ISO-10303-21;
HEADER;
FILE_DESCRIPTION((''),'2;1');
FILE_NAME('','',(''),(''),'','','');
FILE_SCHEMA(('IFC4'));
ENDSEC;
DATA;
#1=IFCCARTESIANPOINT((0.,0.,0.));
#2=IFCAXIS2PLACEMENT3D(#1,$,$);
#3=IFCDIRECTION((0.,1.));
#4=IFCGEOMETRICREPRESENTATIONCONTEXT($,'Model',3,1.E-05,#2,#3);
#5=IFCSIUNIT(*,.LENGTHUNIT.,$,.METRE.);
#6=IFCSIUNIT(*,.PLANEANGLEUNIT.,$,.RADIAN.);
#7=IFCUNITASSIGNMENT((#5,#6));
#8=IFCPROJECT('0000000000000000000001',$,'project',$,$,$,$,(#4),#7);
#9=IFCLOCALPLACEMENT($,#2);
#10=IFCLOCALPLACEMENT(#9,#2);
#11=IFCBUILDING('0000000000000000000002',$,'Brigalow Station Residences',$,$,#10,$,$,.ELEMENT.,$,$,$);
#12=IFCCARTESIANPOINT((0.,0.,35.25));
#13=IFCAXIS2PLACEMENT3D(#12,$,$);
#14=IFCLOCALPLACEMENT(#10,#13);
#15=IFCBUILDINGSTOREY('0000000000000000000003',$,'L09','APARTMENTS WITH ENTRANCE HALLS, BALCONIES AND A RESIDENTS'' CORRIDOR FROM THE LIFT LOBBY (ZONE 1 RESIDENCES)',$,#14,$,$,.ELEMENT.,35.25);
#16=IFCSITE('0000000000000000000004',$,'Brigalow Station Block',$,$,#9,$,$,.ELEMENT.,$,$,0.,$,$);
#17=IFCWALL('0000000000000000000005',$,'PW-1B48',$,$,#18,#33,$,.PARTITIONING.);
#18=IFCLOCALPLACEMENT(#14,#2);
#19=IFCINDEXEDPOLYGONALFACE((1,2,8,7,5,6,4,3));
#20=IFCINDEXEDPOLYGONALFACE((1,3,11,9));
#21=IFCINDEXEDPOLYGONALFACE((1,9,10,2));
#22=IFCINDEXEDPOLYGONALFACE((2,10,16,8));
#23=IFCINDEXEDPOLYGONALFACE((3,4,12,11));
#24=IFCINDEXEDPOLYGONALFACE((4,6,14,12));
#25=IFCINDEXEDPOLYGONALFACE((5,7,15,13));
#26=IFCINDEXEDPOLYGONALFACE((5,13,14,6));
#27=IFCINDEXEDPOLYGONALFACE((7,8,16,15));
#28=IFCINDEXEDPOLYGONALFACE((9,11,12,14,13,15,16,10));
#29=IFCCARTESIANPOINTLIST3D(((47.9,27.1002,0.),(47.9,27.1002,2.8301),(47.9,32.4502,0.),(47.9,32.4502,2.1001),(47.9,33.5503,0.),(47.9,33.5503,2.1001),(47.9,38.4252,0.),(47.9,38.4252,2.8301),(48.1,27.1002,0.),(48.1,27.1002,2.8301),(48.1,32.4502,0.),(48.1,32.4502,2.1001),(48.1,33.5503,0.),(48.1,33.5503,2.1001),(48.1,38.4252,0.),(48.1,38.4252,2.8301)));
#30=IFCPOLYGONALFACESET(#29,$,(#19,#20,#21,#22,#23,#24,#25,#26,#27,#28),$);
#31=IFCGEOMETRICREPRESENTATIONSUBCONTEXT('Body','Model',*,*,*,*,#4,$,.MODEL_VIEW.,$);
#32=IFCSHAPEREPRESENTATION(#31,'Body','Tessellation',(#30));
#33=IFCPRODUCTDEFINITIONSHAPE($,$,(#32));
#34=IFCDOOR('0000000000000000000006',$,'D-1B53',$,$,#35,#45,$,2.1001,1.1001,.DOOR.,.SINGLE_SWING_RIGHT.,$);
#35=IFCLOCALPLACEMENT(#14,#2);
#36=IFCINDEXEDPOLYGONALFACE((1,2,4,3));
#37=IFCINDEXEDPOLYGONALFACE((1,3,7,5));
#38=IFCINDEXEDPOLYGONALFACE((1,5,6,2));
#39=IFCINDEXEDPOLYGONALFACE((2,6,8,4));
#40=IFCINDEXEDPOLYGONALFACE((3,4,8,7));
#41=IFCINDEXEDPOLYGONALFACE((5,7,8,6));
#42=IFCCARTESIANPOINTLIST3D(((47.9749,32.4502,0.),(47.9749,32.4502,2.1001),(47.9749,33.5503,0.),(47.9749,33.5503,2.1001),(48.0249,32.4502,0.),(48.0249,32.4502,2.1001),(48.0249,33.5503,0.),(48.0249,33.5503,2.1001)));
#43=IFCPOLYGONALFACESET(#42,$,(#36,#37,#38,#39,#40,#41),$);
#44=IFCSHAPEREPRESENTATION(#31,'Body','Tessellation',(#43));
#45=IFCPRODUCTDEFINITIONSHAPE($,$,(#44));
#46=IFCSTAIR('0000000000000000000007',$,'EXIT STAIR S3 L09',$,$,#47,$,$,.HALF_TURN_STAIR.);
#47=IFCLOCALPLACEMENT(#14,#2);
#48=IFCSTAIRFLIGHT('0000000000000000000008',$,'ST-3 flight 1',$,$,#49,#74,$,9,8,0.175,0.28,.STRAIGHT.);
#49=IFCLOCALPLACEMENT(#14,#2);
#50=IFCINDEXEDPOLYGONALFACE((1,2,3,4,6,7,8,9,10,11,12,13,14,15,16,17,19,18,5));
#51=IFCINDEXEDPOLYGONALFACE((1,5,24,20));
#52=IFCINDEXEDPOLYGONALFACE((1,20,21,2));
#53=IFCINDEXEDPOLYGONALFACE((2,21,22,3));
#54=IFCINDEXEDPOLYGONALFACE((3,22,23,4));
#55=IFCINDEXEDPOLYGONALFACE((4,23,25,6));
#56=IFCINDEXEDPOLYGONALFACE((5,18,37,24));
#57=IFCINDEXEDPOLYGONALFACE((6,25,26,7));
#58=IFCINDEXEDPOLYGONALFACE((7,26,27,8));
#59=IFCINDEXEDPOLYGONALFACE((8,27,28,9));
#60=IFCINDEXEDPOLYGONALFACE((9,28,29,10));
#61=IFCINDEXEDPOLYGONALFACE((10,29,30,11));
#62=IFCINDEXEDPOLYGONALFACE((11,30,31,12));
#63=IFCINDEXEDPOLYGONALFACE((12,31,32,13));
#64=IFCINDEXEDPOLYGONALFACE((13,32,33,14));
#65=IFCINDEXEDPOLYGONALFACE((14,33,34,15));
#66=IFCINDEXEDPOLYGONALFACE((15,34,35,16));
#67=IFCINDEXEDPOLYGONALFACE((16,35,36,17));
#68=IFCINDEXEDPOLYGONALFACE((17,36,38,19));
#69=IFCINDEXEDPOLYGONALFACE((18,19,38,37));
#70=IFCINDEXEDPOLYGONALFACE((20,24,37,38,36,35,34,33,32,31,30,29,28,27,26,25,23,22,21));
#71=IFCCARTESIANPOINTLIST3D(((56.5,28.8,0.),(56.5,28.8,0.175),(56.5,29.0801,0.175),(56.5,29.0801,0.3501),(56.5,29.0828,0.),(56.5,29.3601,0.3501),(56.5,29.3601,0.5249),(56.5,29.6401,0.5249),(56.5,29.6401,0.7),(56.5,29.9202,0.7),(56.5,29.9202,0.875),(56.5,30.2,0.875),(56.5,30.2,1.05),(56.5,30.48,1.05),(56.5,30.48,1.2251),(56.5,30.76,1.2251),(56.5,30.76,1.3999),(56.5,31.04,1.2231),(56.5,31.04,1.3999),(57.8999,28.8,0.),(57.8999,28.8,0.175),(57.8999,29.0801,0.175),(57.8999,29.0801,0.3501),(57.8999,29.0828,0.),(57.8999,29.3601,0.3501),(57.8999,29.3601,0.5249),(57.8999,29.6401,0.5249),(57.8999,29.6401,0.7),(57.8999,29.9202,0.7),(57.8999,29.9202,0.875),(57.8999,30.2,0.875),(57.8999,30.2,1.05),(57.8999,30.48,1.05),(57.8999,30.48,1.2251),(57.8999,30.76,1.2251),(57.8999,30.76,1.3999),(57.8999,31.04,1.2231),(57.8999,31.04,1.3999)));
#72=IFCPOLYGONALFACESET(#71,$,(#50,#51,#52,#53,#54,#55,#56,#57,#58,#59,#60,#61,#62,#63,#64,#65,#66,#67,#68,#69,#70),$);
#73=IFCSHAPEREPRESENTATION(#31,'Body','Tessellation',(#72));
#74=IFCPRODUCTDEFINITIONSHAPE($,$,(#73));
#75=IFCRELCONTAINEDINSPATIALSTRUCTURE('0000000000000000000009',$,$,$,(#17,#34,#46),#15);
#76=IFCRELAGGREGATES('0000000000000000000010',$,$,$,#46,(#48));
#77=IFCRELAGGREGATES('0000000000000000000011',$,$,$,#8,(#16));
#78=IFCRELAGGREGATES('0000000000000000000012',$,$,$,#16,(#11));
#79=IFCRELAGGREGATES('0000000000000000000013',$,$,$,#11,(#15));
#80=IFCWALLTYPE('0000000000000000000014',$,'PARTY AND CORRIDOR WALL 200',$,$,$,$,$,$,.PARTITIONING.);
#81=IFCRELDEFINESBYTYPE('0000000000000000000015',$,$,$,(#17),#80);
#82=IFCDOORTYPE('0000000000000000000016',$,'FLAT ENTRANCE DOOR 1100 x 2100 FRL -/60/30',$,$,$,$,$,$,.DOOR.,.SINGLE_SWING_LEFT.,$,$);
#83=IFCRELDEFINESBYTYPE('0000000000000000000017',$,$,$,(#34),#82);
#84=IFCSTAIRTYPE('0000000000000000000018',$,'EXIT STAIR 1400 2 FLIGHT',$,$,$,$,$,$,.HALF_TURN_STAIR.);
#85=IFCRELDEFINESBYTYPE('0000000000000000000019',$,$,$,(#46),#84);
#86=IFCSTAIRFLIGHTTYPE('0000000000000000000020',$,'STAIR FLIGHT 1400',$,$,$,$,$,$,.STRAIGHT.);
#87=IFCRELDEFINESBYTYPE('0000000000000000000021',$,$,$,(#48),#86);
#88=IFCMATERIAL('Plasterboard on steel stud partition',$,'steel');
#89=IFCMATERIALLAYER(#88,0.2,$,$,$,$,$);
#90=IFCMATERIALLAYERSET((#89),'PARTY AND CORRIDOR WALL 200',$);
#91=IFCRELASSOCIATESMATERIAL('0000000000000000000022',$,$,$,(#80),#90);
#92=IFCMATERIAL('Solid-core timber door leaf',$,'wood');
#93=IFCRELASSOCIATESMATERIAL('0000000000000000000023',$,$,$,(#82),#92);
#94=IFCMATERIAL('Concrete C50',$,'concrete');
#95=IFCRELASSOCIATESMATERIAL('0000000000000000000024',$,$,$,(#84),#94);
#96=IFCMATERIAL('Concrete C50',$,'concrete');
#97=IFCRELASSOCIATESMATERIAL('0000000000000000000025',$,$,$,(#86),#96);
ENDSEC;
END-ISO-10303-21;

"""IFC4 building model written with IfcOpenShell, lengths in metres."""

from ifc_helpers import new_model, si_unit, direction, frame, frame_2d, origin, place, context, subcontext, project, spatial, polyline, rectangle, outline, extrude, material, layer, layer_set, type_object, element, fill, aggregate, save


model = new_model("IFC4")

# Units and contexts
model_context = context("Model", 3, precision=1e-05, world=origin(), true_north=direction((0.0, 1.0)))
body_context = subcontext(model_context, "Body", "Model", "MODEL_VIEW")
ifc_project = project(units=[si_unit("LENGTHUNIT", "METRE"), si_unit("PLANEANGLEUNIT", "RADIAN")], contexts=[model_context])

# Site, building, storey
site_placement = place(None, origin())
site = spatial("IfcSite", under=ifc_project, at=site_placement, Name="Brigalow Station Block", CompositionType="ELEMENT", RefElevation=0.0)
building_placement = place(site_placement, origin())
building = spatial("IfcBuilding", under=site, at=building_placement, Name="Brigalow Station Residences", CompositionType="ELEMENT")
storey_placement = place(building_placement, frame((0.0, 0.0, 35.25)))
storey = spatial("IfcBuildingStorey", under=building, at=storey_placement, Name="L09", Description="APARTMENTS WITH ENTRANCE HALLS, BALCONIES AND A RESIDENTS' CORRIDOR FROM THE LIFT LOBBY (ZONE 1 RESIDENCES)", CompositionType="ELEMENT", Elevation=35.25)

# Shared definitions
ifc_material_1 = material(Name="Plasterboard on steel stud partition", Category="steel")
ifc_layer_1 = layer(ifc_material_1, 0.2)
ifc_layer_set_1 = layer_set([ifc_layer_1], Name="PARTY AND CORRIDOR WALL 200")
wall_type_1 = type_object("IfcWallType", Name="PARTY AND CORRIDOR WALL 200", PredefinedType="PARTITIONING", material=ifc_layer_set_1)

# Wall, opening, door
wall_1_placement = place(storey_placement, frame((48.0, 27.1001, 0.0), z_axis=(0.0, 0.0, 1.0), x_axis=(0.0, 1.0, 0.0)))
wall_1 = element("IfcWall", 1, at=wall_1_placement, inside=storey, type_object=wall_type_1, Name="PW-1B48", PredefinedType="PARTITIONING", context=body_context, shape_type="SweptSolid", body=[
    extrude(rectangle(XDim=11.325, YDim=0.2, at=frame_2d((5.6626, 0.0))), origin(), (0.0, 0.0, 1.0), 2.8301),
])
opening_1_placement = place(wall_1_placement, frame((5.3501, 0.0, 0.0)))
opening_1 = element("IfcOpeningElement", 2, at=opening_1_placement, cuts=wall_1, PredefinedType="OPENING", context=body_context, shape_type="SweptSolid", body=[
    extrude(rectangle(XDim=1.1001, YDim=2.1001, at=frame_2d((0.55, 1.05))), frame((0.0, 0.1099, 0.0), z_axis=(0.0, -1.0, 0.0), x_axis=(1.0, 0.0, 0.0)), (0.0, 0.0, 1.0), 0.22),
])
ifc_material_2 = material(Name="Solid-core timber door leaf", Category="wood")
door_type_1 = type_object("IfcDoorType", Name="FLAT ENTRANCE DOOR 1100 x 2100 FRL -/60/30", OperationType="SINGLE_SWING_LEFT", PredefinedType="DOOR", material=ifc_material_2)
door_1_placement = place(opening_1_placement, frame((1.1001, 0.0, 0.0), z_axis=(0.0, 0.0, 1.0), x_axis=(-1.0, 0.0, 0.0)))
door_1 = element("IfcDoor", 3, at=door_1_placement, inside=storey, type_object=door_type_1, Name="D-1B53", OperationType="SINGLE_SWING_RIGHT", OverallHeight=2.1001, OverallWidth=1.1001, PredefinedType="DOOR", context=body_context, shape_type="SweptSolid", body=[
    extrude(rectangle(XDim=1.1001, YDim=2.1001, at=frame_2d((0.55, 1.05))), frame((0.0, 0.0249, 0.0), z_axis=(0.0, -1.0, 0.0), x_axis=(1.0, 0.0, 0.0)), (0.0, 0.0, 1.0), 0.05),
])
fill(opening_1, door_1)

# Stair, stair flight
ifc_material_3 = material(Name="Concrete C50", Category="concrete")
stair_type = type_object("IfcStairType", Name="EXIT STAIR 1400 2 FLIGHT", PredefinedType="HALF_TURN_STAIR", material=ifc_material_3)
stair_placement = place(storey_placement, origin())
stair = element("IfcStair", 4, at=stair_placement, inside=storey, type_object=stair_type, Name="EXIT STAIR S3 L09", PredefinedType="HALF_TURN_STAIR")
ifc_material_4 = material(Name="Concrete C50", Category="concrete")
stair_flight_type = type_object("IfcStairFlightType", Name="STAIR FLIGHT 1400", PredefinedType="STRAIGHT", material=ifc_material_4)
stair_flight_placement = place(storey_placement, frame((57.2, 28.8, 0.0), z_axis=(0.0, 0.0, 1.0), x_axis=(0.0, 1.0, 0.0)))
stair_flight = element("IfcStairFlight", 5, at=stair_flight_placement, type_object=stair_flight_type, Name="ST-3 flight 1", NumberOfRisers=9, NumberOfTreads=8, PredefinedType="STRAIGHT", RiserHeight=0.175, TreadLength=0.28, context=body_context, shape_type="SweptSolid", body=[
    extrude(outline(polyline([(0.0, 0.0), (0.0, 0.175), (0.28, 0.175), (0.28, 0.3501), (0.5601, 0.3501), (0.5601, 0.5249), (0.8401, 0.5249), (0.8401, 0.7), (1.1201, 0.7), (1.1201, 0.875), (1.3999, 0.875), (1.3999, 1.05), (1.6799, 1.05), (1.6799, 1.2251), (1.96, 1.2251), (1.96, 1.3999), (2.24, 1.3999), (2.24, 1.575), (2.24, 1.2231), (0.2827, 0.0), (0.0, 0.0)])), frame((0.0, 0.7, 0.0), z_axis=(0.0, -1.0, 0.0), x_axis=(1.0, 0.0, 0.0)), (0.0, 0.0, 1.0), 1.3999),
])
aggregate(stair, [stair_flight])

save(model, "model.ifc")
